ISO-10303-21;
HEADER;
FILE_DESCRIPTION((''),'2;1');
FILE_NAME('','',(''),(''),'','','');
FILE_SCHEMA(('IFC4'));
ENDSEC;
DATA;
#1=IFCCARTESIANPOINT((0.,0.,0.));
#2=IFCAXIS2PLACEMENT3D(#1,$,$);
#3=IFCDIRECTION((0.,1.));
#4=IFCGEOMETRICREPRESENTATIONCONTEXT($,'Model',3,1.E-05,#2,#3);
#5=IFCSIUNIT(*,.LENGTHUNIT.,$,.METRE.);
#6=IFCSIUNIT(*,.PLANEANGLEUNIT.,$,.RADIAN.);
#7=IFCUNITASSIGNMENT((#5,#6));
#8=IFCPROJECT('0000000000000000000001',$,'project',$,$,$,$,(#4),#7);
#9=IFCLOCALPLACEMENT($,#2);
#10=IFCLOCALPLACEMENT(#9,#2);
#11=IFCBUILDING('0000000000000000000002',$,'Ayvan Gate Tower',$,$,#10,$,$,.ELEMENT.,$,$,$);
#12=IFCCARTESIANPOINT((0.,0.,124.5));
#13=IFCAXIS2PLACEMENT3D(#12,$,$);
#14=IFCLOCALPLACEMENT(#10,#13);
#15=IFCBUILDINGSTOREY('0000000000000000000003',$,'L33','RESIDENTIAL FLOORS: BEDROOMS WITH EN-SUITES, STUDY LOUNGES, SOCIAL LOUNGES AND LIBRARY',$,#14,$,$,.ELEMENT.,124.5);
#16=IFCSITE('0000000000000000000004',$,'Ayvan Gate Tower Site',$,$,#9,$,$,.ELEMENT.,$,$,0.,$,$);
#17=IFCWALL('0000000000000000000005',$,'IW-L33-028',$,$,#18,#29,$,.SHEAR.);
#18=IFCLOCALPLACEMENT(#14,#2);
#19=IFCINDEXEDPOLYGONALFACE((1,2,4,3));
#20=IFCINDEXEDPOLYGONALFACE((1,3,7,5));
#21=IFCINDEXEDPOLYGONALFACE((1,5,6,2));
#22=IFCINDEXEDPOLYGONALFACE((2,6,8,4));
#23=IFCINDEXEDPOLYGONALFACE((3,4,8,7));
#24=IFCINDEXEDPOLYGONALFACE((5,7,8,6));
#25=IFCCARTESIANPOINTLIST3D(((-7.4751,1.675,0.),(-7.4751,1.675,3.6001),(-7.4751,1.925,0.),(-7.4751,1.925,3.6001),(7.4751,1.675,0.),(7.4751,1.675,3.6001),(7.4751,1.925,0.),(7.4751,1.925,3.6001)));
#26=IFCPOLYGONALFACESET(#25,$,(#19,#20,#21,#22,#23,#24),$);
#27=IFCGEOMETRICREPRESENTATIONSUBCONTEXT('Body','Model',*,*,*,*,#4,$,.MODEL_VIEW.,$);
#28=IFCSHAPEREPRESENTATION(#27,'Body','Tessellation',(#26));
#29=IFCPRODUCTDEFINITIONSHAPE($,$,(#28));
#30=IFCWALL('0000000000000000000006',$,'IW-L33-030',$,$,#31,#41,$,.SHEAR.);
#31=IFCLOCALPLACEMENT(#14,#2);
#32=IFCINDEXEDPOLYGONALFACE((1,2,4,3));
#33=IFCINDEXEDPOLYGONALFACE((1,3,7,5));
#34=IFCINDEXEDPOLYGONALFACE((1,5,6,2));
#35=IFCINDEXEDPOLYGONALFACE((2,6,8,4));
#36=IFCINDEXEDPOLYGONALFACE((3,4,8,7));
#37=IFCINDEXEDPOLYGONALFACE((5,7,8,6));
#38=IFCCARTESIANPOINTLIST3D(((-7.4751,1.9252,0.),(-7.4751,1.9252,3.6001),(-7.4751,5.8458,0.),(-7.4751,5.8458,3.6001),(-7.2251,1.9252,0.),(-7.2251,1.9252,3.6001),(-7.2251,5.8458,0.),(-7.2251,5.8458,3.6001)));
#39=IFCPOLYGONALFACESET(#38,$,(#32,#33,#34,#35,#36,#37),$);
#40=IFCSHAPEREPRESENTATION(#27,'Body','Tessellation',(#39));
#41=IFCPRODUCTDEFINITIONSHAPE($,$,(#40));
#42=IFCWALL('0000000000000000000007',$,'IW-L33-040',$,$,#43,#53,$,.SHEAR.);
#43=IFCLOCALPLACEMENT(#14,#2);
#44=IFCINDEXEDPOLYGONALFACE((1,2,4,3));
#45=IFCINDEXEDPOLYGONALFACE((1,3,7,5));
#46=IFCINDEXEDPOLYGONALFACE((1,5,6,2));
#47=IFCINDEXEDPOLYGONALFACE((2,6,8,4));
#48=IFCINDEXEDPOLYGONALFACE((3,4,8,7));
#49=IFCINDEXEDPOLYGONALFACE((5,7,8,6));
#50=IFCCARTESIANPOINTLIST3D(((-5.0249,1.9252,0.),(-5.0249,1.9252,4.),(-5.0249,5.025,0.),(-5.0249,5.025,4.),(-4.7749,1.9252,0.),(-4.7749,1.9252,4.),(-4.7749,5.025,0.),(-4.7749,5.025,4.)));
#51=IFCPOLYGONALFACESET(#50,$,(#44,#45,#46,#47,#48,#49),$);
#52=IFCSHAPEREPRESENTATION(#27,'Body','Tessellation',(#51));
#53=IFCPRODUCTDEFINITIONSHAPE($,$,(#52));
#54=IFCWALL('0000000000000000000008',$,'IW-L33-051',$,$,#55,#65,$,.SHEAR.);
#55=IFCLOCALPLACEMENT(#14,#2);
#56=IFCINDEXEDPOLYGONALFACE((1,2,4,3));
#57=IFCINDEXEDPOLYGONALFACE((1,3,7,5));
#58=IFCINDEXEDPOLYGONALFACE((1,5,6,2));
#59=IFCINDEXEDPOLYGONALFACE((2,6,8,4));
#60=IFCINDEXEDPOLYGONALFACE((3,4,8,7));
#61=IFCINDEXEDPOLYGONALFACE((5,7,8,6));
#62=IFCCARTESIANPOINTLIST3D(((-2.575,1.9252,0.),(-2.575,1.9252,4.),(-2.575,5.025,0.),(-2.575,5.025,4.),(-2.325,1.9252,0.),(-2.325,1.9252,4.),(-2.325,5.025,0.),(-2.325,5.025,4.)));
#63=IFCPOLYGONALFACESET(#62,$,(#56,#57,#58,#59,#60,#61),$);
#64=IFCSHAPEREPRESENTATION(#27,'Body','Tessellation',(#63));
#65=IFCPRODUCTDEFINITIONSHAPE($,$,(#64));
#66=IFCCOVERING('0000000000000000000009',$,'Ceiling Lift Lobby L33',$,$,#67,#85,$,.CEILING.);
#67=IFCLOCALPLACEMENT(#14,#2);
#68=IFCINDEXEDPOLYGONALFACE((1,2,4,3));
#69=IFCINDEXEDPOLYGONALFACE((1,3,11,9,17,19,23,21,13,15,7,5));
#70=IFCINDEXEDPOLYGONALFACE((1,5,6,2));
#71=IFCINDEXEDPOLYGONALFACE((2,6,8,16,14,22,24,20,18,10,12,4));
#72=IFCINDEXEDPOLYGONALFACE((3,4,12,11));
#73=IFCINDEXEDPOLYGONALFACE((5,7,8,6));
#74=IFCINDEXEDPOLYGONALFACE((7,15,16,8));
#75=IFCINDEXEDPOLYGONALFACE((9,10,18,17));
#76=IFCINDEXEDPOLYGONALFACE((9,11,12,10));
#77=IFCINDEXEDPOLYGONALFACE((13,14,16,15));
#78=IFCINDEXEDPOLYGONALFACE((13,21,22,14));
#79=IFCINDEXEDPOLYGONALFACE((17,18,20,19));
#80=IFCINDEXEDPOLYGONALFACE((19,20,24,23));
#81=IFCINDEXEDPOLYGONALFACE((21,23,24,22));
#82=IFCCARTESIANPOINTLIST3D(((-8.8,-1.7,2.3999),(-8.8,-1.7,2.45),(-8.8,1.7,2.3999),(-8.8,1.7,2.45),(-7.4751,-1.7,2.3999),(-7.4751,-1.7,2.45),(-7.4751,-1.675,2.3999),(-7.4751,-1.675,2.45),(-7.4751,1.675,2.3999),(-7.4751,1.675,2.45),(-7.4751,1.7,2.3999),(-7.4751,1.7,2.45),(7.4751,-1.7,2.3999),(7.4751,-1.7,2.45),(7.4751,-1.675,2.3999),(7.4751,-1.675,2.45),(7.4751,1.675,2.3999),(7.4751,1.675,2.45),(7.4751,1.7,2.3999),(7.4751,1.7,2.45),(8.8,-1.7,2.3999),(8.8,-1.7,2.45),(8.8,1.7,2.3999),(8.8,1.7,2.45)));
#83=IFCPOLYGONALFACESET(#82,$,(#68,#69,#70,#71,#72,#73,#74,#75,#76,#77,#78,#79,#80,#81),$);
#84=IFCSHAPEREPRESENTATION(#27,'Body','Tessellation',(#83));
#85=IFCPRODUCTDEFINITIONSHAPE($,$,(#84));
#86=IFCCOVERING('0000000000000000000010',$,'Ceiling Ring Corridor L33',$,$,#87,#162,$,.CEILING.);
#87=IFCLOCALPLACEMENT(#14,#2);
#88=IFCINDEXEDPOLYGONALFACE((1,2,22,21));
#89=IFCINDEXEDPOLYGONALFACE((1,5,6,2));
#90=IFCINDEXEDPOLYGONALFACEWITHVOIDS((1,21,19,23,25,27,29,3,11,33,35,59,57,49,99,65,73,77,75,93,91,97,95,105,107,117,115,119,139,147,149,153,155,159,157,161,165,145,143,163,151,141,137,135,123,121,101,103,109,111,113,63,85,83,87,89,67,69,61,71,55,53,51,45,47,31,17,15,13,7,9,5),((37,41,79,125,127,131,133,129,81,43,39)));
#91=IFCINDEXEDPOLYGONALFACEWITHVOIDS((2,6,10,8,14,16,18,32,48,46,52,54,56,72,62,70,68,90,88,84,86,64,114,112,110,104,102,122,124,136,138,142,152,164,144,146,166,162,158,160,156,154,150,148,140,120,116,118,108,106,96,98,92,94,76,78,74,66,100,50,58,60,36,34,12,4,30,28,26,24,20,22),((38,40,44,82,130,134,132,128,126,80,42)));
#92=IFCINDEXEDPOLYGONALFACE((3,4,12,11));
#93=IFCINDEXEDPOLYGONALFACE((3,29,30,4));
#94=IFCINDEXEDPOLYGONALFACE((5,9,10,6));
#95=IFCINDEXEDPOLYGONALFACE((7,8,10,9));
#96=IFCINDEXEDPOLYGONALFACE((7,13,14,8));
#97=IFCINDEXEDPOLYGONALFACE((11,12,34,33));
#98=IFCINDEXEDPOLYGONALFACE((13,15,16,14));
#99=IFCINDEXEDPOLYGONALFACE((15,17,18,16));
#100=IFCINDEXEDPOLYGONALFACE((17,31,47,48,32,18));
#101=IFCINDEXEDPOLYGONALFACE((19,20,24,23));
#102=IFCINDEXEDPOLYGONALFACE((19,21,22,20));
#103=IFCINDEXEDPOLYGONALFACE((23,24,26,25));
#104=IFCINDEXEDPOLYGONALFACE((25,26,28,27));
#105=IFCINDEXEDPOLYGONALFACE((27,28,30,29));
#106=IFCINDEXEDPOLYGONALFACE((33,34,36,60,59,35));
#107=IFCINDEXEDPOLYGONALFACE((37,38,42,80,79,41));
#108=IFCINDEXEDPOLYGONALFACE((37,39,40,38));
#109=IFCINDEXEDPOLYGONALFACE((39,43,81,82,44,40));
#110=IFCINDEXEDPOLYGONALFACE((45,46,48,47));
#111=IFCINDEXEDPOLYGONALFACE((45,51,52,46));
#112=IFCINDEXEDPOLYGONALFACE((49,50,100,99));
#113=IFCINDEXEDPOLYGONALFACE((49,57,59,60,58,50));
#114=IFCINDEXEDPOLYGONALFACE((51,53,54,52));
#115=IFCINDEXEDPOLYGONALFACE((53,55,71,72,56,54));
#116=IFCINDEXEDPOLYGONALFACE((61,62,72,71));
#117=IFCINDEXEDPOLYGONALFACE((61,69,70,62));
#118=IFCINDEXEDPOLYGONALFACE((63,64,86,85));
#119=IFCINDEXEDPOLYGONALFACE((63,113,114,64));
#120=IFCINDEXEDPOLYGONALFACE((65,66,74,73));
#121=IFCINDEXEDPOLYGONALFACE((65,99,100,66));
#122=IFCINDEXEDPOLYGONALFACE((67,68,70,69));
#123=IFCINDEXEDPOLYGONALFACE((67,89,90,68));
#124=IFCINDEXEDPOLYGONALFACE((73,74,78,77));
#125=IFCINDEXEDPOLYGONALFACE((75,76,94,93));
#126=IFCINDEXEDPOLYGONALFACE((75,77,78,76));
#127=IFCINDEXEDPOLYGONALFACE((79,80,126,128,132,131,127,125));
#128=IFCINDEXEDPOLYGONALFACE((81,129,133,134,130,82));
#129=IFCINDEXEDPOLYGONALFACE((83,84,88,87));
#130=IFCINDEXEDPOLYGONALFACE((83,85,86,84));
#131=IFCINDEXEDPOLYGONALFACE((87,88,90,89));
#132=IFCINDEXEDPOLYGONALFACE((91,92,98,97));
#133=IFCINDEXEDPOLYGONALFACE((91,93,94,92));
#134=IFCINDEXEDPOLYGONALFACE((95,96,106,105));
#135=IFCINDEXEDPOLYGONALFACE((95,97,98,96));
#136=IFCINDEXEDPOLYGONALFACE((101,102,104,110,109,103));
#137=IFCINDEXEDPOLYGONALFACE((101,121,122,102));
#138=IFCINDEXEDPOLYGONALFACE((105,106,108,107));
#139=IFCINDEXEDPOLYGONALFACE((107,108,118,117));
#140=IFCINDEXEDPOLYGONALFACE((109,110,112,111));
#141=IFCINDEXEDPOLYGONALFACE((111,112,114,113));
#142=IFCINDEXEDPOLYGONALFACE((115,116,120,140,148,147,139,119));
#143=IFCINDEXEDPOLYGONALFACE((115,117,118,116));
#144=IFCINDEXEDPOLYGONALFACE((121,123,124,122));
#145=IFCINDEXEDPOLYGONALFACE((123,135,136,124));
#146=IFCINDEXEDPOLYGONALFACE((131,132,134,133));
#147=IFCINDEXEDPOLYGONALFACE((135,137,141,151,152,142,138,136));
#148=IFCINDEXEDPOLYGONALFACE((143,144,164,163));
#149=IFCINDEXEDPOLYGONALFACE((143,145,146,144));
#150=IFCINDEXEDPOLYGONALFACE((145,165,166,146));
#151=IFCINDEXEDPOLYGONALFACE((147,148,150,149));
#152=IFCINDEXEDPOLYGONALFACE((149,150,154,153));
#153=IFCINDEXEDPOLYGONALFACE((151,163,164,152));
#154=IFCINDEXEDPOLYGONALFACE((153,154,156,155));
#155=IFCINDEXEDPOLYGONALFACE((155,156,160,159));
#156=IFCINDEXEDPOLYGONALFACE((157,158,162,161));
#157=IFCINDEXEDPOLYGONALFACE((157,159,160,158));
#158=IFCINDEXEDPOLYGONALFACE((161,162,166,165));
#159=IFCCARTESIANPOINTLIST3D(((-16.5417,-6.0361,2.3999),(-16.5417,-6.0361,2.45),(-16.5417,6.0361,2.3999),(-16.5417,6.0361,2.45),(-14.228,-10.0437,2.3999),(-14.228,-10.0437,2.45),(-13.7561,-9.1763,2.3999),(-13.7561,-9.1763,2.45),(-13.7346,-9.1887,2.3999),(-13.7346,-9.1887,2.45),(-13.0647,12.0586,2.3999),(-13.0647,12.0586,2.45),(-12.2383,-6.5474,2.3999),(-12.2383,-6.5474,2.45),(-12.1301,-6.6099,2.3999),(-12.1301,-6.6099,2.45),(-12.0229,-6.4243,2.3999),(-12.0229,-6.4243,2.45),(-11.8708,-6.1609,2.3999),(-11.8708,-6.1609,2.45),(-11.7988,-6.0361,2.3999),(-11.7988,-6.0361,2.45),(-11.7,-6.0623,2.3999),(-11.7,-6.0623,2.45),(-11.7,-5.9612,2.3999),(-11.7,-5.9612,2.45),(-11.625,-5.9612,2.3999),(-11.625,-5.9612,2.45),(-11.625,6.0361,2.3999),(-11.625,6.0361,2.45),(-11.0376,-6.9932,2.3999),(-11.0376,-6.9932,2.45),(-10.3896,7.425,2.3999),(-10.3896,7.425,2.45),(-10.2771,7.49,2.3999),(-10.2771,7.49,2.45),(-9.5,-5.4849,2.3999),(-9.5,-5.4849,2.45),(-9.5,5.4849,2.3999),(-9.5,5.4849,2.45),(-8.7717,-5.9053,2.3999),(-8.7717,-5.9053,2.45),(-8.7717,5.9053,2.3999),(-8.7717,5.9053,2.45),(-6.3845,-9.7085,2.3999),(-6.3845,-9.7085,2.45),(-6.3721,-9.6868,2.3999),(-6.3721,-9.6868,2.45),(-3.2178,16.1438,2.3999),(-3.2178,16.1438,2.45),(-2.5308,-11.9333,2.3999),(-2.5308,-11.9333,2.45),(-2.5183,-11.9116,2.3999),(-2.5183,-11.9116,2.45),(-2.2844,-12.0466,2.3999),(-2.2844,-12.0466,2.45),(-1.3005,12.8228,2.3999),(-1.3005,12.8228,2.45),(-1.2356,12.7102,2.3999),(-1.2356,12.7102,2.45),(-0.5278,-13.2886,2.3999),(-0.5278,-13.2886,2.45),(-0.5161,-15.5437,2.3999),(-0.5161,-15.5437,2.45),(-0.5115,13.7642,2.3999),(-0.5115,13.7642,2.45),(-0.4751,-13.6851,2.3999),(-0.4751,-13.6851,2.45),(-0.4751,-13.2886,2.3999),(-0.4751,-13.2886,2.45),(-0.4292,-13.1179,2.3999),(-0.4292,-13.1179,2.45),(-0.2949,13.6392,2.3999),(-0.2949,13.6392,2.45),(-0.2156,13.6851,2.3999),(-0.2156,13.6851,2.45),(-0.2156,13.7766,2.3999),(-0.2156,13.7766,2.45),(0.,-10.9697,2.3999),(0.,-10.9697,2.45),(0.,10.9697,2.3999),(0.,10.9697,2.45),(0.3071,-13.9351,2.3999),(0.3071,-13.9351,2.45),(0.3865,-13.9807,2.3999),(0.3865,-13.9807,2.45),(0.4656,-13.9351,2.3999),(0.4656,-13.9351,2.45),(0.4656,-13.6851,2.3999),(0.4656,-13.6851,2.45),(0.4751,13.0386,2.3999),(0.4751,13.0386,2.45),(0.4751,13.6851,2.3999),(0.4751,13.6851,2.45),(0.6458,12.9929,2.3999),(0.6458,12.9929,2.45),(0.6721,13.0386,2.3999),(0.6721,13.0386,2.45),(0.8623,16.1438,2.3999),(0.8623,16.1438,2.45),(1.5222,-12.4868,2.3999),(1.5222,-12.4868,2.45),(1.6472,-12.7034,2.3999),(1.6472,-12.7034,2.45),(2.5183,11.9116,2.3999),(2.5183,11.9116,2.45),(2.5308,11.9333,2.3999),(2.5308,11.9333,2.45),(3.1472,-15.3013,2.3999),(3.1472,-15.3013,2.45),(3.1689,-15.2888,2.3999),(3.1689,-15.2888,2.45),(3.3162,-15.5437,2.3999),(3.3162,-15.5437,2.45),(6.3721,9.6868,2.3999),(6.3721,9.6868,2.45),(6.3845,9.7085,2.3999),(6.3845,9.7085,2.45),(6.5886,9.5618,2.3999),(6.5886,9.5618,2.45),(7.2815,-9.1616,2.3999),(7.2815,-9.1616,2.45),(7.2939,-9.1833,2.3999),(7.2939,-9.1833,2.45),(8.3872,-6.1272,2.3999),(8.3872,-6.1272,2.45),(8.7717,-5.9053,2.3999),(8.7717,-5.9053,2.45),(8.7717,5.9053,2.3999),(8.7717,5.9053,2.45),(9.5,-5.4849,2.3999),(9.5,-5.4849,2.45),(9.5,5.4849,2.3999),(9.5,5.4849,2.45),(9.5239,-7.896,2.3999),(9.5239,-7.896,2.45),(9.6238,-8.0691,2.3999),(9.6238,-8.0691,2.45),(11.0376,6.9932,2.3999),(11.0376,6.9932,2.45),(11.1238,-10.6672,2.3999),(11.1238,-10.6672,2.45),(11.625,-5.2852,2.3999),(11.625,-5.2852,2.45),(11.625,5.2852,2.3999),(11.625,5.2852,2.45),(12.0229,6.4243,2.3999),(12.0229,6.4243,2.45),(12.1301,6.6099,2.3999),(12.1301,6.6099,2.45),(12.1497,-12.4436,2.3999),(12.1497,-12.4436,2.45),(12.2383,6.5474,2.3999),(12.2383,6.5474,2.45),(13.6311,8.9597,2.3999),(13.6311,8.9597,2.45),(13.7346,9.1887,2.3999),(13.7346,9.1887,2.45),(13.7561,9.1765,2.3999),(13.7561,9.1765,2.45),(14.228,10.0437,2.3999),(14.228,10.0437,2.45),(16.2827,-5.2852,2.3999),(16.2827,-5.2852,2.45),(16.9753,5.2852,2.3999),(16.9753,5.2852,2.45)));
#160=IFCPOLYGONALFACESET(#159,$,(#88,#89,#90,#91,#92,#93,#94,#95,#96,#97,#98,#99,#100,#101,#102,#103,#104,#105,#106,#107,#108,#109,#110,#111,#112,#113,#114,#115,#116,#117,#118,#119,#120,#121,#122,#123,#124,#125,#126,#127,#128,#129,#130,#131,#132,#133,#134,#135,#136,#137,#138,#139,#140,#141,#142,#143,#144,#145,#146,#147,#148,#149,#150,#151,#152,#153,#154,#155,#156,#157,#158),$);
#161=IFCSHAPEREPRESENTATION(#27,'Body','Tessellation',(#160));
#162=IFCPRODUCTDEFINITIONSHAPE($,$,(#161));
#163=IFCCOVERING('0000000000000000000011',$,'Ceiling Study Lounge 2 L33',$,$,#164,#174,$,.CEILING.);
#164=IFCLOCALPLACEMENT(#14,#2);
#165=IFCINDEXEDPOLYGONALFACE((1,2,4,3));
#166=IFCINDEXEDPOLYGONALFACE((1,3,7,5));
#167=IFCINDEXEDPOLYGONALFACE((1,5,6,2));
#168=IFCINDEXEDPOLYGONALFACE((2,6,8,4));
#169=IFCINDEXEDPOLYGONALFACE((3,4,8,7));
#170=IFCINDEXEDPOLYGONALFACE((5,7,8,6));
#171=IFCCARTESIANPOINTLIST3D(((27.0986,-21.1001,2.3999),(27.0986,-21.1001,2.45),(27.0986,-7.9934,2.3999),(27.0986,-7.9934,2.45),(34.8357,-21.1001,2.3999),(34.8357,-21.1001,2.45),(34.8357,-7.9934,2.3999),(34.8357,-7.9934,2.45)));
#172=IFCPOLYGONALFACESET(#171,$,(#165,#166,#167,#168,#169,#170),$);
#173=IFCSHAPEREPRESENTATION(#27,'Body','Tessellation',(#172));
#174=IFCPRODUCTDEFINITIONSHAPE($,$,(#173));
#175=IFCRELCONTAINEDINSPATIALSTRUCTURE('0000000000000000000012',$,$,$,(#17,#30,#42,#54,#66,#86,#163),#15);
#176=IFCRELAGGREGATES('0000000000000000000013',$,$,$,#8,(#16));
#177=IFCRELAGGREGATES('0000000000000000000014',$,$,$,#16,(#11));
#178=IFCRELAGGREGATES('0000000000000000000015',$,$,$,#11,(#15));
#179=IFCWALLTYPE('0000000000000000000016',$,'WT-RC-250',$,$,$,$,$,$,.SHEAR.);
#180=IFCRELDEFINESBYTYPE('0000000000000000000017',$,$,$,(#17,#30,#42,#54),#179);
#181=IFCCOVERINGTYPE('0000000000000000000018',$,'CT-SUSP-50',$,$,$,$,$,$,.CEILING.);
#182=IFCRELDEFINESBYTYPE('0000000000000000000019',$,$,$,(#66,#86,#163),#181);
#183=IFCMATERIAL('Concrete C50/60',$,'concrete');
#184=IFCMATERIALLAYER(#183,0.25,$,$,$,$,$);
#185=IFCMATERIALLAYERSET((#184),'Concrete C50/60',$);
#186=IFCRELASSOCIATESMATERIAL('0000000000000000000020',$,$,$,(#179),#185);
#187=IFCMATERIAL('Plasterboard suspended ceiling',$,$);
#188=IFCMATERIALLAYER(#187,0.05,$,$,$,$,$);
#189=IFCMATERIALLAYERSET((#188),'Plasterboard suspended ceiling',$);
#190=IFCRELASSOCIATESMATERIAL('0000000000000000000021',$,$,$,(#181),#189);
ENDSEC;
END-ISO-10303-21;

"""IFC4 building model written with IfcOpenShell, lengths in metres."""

from ifc_helpers import new_model, si_unit, direction, frame, frame_2d, origin, place, context, subcontext, project, spatial, polyline, rectangle, outline, extrude, material, layer, layer_set, type_object, element, save


model = new_model("IFC4")

# Units and contexts
model_context = context("Model", 3, precision=1e-05, world=origin(), true_north=direction((0.0, 1.0)))
body_context = subcontext(model_context, "Body", "Model", "MODEL_VIEW")
ifc_project = project(units=[si_unit("LENGTHUNIT", "METRE"), si_unit("PLANEANGLEUNIT", "RADIAN")], contexts=[model_context])

# Site, building, storey
site_placement = place(None, origin())
site = spatial("IfcSite", under=ifc_project, at=site_placement, Name="Ayvan Gate Tower Site", CompositionType="ELEMENT", RefElevation=0.0)
building_placement = place(site_placement, origin())
building = spatial("IfcBuilding", under=site, at=building_placement, Name="Ayvan Gate Tower", CompositionType="ELEMENT")
storey_placement = place(building_placement, frame((0.0, 0.0, 124.5)))
storey = spatial("IfcBuildingStorey", under=building, at=storey_placement, Name="L33", Description="RESIDENTIAL FLOORS: BEDROOMS WITH EN-SUITES, STUDY LOUNGES, SOCIAL LOUNGES AND LIBRARY", CompositionType="ELEMENT", Elevation=124.5)

# Walls
ifc_material_1 = material(Name="Concrete C50/60", Category="concrete")
ifc_layer_1 = layer(ifc_material_1, 0.25)
ifc_layer_set_1 = layer_set([ifc_layer_1], Name="Concrete C50/60")
wall_type_1 = type_object("IfcWallType", Name="WT-RC-250", PredefinedType="SHEAR", material=ifc_layer_set_1)
wall_1_placement = place(storey_placement, frame((-7.4751, 1.8, 0.0), z_axis=(0.0, 0.0, 1.0), x_axis=(1.0, 0.0, 0.0)))
element("IfcWall", 1, at=wall_1_placement, inside=storey, type_object=wall_type_1, Name="IW-L33-028", PredefinedType="SHEAR", context=body_context, shape_type="SweptSolid", body=[
    extrude(rectangle(XDim=14.9502, YDim=0.25, at=frame_2d((7.4751, 0.0))), origin(), (0.0, 0.0, 1.0), 3.6001),
])
wall_2_placement = place(storey_placement, frame((-7.3501, 1.925, 0.0), z_axis=(0.0, 0.0, 1.0), x_axis=(0.0, 1.0, 0.0)))
element("IfcWall", 2, at=wall_2_placement, inside=storey, type_object=wall_type_1, Name="IW-L33-030", PredefinedType="SHEAR", context=body_context, shape_type="SweptSolid", body=[
    extrude(rectangle(XDim=3.9207, YDim=0.25, at=frame_2d((1.9604, 0.0))), origin(), (0.0, 0.0, 1.0), 3.6001),
])
for number, where, z_axis, x_axis, name in (
    (3, (-4.8999, 5.0249, 0.0), (0.0, 0.0, 1.0), (0.0, -1.0, 0.0), "IW-L33-040"),
    (4, (-2.45, 5.0249, 0.0), (0.0, 0.0, 1.0), (0.0, -1.0, 0.0), "IW-L33-051"),
):
    element("IfcWall", number, at=place(storey_placement, frame(where, z_axis=z_axis, x_axis=x_axis)), inside=storey, type_object=wall_type_1, Name=name, PredefinedType="SHEAR", context=body_context, shape_type="SweptSolid", body=[
        extrude(rectangle(XDim=3.0999, YDim=0.25, at=frame_2d((1.5498, 0.0))), origin(), (0.0, 0.0, 1.0), 4.0),
    ])

# Coverings
ifc_material_2 = material(Name="Plasterboard suspended ceiling")
ifc_layer_2 = layer(ifc_material_2, 0.05)
ifc_layer_set_2 = layer_set([ifc_layer_2], Name="Plasterboard suspended ceiling")
covering_type = type_object("IfcCoveringType", Name="CT-SUSP-50", PredefinedType="CEILING", material=ifc_layer_set_2)
covering_1_placement = place(storey_placement, frame((0.0, 0.0, 2.3999)))
element("IfcCovering", 5, at=covering_1_placement, inside=storey, type_object=covering_type, Name="Ceiling Lift Lobby L33", PredefinedType="CEILING", context=body_context, shape_type="SweptSolid", body=[
    extrude(outline(polyline([(7.4751, -1.675), (-7.4751, -1.675), (-7.4751, -1.7), (-8.8, -1.7), (-8.8, 1.7), (-7.4751, 1.7), (-7.4751, 1.675), (7.4751, 1.675), (7.4751, 1.7), (8.8, 1.7), (8.8, -1.7), (7.4751, -1.7), (7.4751, -1.675)])), origin(), (0.0, 0.0, 1.0), 0.05),
])
covering_2_placement = place(storey_placement, frame((0.0, 0.0, 2.3999)))
element("IfcCovering", 6, at=covering_2_placement, inside=storey, type_object=covering_type, Name="Ceiling Ring Corridor L33", PredefinedType="CEILING", context=body_context, shape_type="SweptSolid", body=[
    extrude(outline(polyline([(-14.228, -10.0437), (-16.5417, -6.0361), (-11.7988, -6.0361), (-11.8708, -6.1609), (-11.7, -6.0623), (-11.7, -5.9612), (-11.625, -5.9612), (-11.625, 6.0361), (-16.5417, 6.0361), (-13.0647, 12.0586), (-10.3896, 7.425), (-10.2771, 7.49), (-1.2356, 12.7102), (-1.3005, 12.8228), (-3.2178, 16.1438), (0.8623, 16.1438), (-0.5115, 13.7642), (-0.2949, 13.6392), (-0.2156, 13.7766), (-0.2156, 13.6851), (0.4751, 13.6851), (0.4751, 13.0386), (0.6721, 13.0386), (0.6458, 12.9929), (2.5183, 11.9116), (2.5308, 11.9333), (6.3845, 9.7085), (6.3721, 9.6868), (6.5886, 9.5618), (11.0376, 6.9932), (12.0229, 6.4243), (12.1301, 6.6099), (12.2383, 6.5474), (13.6311, 8.9597), (13.7561, 9.1765), (13.7346, 9.1887), (14.228, 10.0437), (16.9753, 5.2852), (11.625, 5.2852), (11.625, -5.2852), (16.2827, -5.2852), (12.1497, -12.4436), (11.1238, -10.6672), (9.6238, -8.0691), (9.5239, -7.896), (7.2939, -9.1833), (7.2815, -9.1616), (1.5222, -12.4868), (1.6472, -12.7034), (3.1472, -15.3013), (3.1689, -15.2888), (3.3162, -15.5437), (-0.5161, -15.5437), (0.3865, -13.9807), (0.3071, -13.9351), (0.4656, -13.9351), (0.4656, -13.6851), (-0.4751, -13.6851), (-0.4751, -13.2886), (-0.5278, -13.2886), (-0.4292, -13.1179), (-2.2844, -12.0466), (-2.5183, -11.9116), (-2.5308, -11.9333), (-6.3845, -9.7085), (-6.3721, -9.6868), (-11.0376, -6.9932), (-12.0229, -6.4243), (-12.1301, -6.6099), (-12.2383, -6.5474), (-13.7561, -9.1763), (-13.7346, -9.1887), (-14.228, -10.0437)]), holes=[polyline([(-8.7717, -5.9053), (0.0, -10.9697), (8.3872, -6.1272), (8.7717, -5.9053), (9.5, -5.4849), (9.5, 5.4849), (8.7717, 5.9053), (0.0, 10.9697), (-8.7717, 5.9053), (-9.5, 5.4849), (-9.5, -5.4849), (-8.7717, -5.9053)])]), origin(), (0.0, 0.0, 1.0), 0.05),
])
covering_3_placement = place(storey_placement, frame((0.0, 0.0, 2.3999)))
element("IfcCovering", 7, at=covering_3_placement, inside=storey, type_object=covering_type, Name="Ceiling Study Lounge 2 L33", PredefinedType="CEILING", context=body_context, shape_type="SweptSolid", body=[
    extrude(outline(polyline([(27.0986, -7.9934), (34.8357, -7.9934), (34.8357, -21.1001), (27.0986, -21.1001), (27.0986, -7.9934)])), origin(), (0.0, 0.0, 1.0), 0.05),
])

save(model, "model.ifc")
